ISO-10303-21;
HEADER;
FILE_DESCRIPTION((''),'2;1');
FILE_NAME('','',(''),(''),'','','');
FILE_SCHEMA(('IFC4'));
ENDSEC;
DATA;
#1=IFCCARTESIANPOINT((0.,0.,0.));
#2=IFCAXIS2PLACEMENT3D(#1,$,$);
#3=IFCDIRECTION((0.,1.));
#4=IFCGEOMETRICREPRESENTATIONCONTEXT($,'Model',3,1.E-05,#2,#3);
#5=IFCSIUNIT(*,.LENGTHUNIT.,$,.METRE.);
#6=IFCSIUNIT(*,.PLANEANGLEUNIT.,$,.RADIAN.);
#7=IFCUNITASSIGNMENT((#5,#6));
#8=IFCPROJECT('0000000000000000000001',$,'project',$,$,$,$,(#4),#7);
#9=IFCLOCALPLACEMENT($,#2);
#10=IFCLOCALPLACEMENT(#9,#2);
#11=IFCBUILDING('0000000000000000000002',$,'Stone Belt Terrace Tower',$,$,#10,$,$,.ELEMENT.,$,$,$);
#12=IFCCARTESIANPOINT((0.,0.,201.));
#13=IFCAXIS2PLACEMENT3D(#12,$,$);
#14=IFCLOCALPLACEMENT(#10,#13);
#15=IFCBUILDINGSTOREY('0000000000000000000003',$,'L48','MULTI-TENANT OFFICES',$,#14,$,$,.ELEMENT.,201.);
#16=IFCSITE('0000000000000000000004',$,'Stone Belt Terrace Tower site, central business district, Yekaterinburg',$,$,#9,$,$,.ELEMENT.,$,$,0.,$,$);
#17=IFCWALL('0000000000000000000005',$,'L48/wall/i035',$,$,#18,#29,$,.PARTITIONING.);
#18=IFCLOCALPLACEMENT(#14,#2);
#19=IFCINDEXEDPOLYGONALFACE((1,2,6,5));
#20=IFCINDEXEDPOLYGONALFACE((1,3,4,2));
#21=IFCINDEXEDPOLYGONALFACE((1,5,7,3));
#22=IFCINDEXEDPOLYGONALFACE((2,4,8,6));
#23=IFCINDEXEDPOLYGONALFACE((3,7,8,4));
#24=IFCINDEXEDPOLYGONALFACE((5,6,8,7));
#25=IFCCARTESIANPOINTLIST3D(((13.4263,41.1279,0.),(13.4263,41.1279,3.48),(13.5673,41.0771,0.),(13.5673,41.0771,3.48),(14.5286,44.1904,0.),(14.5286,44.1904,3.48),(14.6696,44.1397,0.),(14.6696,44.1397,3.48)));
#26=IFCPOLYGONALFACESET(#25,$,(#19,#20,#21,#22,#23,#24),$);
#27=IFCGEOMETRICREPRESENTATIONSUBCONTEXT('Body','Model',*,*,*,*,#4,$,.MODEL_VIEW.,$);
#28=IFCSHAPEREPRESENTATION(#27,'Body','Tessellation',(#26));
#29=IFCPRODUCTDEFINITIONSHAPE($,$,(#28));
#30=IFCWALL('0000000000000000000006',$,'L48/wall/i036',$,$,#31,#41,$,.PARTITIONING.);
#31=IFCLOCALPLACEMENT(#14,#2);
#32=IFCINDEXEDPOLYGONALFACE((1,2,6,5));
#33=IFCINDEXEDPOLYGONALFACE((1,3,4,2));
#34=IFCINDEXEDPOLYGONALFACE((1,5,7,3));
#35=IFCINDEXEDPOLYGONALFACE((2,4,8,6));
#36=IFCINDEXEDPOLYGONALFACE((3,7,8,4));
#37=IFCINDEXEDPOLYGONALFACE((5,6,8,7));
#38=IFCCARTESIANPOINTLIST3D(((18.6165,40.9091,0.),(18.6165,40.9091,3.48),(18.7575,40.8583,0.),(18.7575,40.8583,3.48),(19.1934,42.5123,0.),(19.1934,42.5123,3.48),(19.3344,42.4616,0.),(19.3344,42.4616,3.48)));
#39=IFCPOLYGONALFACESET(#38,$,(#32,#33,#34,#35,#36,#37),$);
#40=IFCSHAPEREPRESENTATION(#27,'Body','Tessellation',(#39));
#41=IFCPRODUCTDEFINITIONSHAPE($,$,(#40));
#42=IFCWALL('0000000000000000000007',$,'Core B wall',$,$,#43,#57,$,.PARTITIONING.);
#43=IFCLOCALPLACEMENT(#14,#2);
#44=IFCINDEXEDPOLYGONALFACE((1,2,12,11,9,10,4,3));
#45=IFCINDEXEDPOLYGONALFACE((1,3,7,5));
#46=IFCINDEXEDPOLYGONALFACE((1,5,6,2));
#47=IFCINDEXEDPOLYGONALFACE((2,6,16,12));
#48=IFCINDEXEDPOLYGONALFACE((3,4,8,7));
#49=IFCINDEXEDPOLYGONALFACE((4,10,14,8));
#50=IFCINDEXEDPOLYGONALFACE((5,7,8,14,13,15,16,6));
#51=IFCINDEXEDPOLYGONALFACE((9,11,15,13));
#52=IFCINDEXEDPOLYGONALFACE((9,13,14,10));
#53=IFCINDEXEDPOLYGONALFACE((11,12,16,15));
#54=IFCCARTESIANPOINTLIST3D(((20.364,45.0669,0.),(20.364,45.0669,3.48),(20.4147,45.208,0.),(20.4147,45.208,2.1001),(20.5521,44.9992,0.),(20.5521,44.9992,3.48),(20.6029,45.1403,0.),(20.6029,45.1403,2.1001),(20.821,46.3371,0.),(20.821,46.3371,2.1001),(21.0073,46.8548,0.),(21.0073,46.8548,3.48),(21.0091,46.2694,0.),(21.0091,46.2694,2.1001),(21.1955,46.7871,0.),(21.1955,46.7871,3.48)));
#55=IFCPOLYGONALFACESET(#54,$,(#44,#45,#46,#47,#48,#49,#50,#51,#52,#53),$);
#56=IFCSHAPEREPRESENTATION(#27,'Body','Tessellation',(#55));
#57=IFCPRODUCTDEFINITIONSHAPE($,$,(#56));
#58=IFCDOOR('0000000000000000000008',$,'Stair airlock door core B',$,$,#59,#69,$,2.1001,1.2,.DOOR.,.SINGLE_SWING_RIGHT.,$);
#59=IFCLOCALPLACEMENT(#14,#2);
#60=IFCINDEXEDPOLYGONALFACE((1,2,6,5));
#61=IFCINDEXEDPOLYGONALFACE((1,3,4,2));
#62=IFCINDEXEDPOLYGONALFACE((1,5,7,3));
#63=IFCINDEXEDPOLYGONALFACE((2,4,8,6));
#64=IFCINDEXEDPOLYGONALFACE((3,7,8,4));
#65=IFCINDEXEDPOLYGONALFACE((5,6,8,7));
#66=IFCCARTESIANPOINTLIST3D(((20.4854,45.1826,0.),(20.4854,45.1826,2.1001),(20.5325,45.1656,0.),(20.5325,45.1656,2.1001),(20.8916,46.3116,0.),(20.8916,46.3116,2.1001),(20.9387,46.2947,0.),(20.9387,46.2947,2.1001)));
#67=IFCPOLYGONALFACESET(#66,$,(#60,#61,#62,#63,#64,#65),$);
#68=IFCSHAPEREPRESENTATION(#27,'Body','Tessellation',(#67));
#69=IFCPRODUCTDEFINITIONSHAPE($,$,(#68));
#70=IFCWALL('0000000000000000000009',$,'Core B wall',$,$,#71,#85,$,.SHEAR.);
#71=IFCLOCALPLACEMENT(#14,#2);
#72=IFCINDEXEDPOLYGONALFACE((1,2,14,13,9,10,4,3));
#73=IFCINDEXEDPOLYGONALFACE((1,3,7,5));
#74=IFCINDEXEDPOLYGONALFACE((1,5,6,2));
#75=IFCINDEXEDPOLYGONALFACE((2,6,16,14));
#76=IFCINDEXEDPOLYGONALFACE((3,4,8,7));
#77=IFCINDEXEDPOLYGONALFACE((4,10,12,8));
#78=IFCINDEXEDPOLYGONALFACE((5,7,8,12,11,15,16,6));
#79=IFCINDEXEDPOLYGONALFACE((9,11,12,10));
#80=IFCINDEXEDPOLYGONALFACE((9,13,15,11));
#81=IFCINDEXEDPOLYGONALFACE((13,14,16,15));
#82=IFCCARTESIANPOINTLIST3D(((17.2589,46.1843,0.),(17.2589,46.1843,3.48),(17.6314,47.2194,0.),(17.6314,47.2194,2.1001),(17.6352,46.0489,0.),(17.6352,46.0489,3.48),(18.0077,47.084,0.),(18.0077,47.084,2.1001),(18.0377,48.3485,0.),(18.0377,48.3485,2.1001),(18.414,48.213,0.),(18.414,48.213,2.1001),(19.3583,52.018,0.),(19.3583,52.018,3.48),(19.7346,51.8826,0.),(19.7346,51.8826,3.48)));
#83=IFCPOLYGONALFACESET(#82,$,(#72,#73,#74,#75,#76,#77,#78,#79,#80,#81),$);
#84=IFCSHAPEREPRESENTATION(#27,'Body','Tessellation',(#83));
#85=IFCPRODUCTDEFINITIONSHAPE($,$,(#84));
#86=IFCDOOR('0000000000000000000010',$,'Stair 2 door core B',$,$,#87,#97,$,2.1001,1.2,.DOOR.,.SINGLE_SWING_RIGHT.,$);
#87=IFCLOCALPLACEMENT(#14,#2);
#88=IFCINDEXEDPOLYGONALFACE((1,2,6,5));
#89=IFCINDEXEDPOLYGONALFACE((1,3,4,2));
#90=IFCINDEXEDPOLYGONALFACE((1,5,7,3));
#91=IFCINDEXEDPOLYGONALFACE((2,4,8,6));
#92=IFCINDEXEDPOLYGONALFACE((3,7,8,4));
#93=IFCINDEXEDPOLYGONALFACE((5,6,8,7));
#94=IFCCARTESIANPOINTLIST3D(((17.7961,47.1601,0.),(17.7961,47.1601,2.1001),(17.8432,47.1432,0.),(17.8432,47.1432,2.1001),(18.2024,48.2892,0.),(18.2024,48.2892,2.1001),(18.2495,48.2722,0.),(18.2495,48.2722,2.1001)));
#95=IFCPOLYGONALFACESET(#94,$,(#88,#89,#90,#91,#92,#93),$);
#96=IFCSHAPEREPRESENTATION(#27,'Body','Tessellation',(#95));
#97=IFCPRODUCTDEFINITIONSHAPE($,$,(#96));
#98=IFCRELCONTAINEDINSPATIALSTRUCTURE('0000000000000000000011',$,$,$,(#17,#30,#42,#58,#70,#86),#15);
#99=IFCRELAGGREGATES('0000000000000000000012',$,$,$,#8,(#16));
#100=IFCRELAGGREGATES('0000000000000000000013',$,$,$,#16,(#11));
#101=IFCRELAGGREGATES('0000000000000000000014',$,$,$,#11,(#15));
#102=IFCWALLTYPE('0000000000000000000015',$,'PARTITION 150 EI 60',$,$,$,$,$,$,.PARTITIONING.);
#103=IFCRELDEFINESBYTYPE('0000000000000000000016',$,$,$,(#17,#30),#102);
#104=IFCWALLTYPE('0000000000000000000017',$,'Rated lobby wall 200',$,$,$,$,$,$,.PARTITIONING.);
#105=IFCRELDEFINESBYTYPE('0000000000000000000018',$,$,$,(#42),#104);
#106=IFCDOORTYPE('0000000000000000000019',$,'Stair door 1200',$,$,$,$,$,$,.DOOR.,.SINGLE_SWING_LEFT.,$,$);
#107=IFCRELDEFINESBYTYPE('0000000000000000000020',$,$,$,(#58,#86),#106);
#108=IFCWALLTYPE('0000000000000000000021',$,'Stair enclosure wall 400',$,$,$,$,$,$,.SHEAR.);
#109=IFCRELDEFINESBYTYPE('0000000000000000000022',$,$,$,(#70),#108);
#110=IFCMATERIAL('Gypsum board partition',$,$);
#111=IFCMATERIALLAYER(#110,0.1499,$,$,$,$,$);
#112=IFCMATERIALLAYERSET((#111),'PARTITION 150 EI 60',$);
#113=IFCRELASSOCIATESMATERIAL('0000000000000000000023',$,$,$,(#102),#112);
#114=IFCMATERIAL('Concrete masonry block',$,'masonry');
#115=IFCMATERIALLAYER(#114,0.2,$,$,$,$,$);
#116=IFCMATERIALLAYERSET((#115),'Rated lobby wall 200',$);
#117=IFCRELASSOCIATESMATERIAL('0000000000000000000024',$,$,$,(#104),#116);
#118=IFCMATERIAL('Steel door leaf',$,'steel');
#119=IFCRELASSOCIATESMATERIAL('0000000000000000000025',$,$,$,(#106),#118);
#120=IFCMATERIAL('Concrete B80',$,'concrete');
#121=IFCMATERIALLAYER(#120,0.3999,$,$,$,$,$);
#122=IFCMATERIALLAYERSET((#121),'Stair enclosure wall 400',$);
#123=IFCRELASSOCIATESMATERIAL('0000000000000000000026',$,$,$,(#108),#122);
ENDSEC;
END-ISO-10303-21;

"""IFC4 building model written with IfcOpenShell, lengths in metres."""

from ifc_helpers import new_model, si_unit, direction, frame, frame_2d, origin, place, context, subcontext, project, spatial, rectangle, extrude, material, layer, layer_set, type_object, element, fill, save


model = new_model("IFC4")

# Units and contexts
model_context = context("Model", 3, precision=1e-05, world=origin(), true_north=direction((0.0, 1.0)))
body_context = subcontext(model_context, "Body", "Model", "MODEL_VIEW")
ifc_project = project(units=[si_unit("LENGTHUNIT", "METRE"), si_unit("PLANEANGLEUNIT", "RADIAN")], contexts=[model_context])

# Site, building, storey
site_placement = place(None, origin())
site = spatial("IfcSite", under=ifc_project, at=site_placement, Name="Stone Belt Terrace Tower site, central business district, Yekaterinburg", CompositionType="ELEMENT", RefElevation=0.0)
building_placement = place(site_placement, origin())
building = spatial("IfcBuilding", under=site, at=building_placement, Name="Stone Belt Terrace Tower", CompositionType="ELEMENT")
storey_placement = place(building_placement, frame((0.0, 0.0, 201.0)))
storey = spatial("IfcBuildingStorey", under=building, at=storey_placement, Name="L48", Description="MULTI-TENANT OFFICES", CompositionType="ELEMENT", Elevation=201.0)

# Shared definitions
ifc_material_1 = material(Name="Gypsum board partition")
ifc_layer_1 = layer(ifc_material_1, 0.1499)
ifc_layer_set_1 = layer_set([ifc_layer_1], Name="PARTITION 150 EI 60")
wall_type_1 = type_object("IfcWallType", Name="PARTITION 150 EI 60", PredefinedType="PARTITIONING", material=ifc_layer_set_1)

# Walls
wall_1_placement = place(storey_placement, frame((14.5991, 44.165, 0.0), z_axis=(0.0, 0.0, 1.0), x_axis=(-0.338664, -0.940907, 0.0)))
element("IfcWall", 1, at=wall_1_placement, inside=storey, type_object=wall_type_1, Name="L48/wall/i035", PredefinedType="PARTITIONING", context=body_context, shape_type="SweptSolid", body=[
    extrude(rectangle(XDim=3.2549, YDim=0.1499, at=frame_2d((1.6274, 0.0))), origin(), (0.0, 0.0, 1.0), 3.48),
])
wall_2_placement = place(storey_placement, frame((19.2639, 42.4871, 0.0), z_axis=(0.0, 0.0, 1.0), x_axis=(-0.338577, -0.940939, 0.0)))
element("IfcWall", 2, at=wall_2_placement, inside=storey, type_object=wall_type_1, Name="L48/wall/i036", PredefinedType="PARTITIONING", context=body_context, shape_type="SweptSolid", body=[
    extrude(rectangle(XDim=1.7039, YDim=0.1499, at=frame_2d((0.8521, 0.0))), origin(), (0.0, 0.0, 1.0), 3.48),
])

# Walls, openings, doors
ifc_material_2 = material(Name="Concrete masonry block", Category="masonry")
ifc_layer_2 = layer(ifc_material_2, 0.2)
ifc_layer_set_2 = layer_set([ifc_layer_2], Name="Rated lobby wall 200")
wall_type_2 = type_object("IfcWallType", Name="Rated lobby wall 200", PredefinedType="PARTITIONING", material=ifc_layer_set_2)
wall_3_placement = place(storey_placement, frame((20.458, 45.033, 0.0), z_axis=(0.0, 0.0, 1.0), x_axis=(0.338574, 0.94094, 0.0)))
wall_3 = element("IfcWall", 3, at=wall_3_placement, inside=storey, type_object=wall_type_2, Name="Core B wall", PredefinedType="PARTITIONING", context=body_context, shape_type="SweptSolid", body=[
    extrude(rectangle(XDim=1.9001, YDim=0.2, at=frame_2d((0.9502, 0.0))), origin(), (0.0, 0.0, 1.0), 3.48),
])
opening_1_placement = place(wall_3_placement, frame((0.1499, 0.0, 0.0)))
opening_1 = element("IfcOpeningElement", 4, at=opening_1_placement, cuts=wall_3, PredefinedType="OPENING", context=body_context, shape_type="SweptSolid", body=[
    extrude(rectangle(XDim=1.2, YDim=2.1001, at=frame_2d((0.6001, 1.05))), frame((0.0, 0.1099, 0.0), z_axis=(0.0, -1.0, 0.0), x_axis=(1.0, 0.0, 0.0)), (0.0, 0.0, 1.0), 0.22),
])
ifc_material_3 = material(Name="Steel door leaf", Category="steel")
door_type_1 = type_object("IfcDoorType", Name="Stair door 1200", OperationType="SINGLE_SWING_LEFT", PredefinedType="DOOR", material=ifc_material_3)
door_1_placement = place(opening_1_placement, origin())
door_1 = element("IfcDoor", 5, at=door_1_placement, inside=storey, type_object=door_type_1, Name="Stair airlock door core B", OperationType="SINGLE_SWING_RIGHT", OverallHeight=2.1001, OverallWidth=1.2, PredefinedType="DOOR", context=body_context, shape_type="SweptSolid", body=[
    extrude(rectangle(XDim=1.2, YDim=2.1001, at=frame_2d((0.6001, 1.05))), frame((0.0, 0.0249, 0.0), z_axis=(0.0, -1.0, 0.0), x_axis=(1.0, 0.0, 0.0)), (0.0, 0.0, 1.0), 0.05),
])
fill(opening_1, door_1)
ifc_material_4 = material(Name="Concrete B80", Category="concrete")
ifc_layer_3 = layer(ifc_material_4, 0.3999)
ifc_layer_set_3 = layer_set([ifc_layer_3], Name="Stair enclosure wall 400")
wall_type_3 = type_object("IfcWallType", Name="Stair enclosure wall 400", PredefinedType="SHEAR", material=ifc_layer_set_3)
wall_4_placement = place(storey_placement, frame((17.447, 46.1165, 0.0), z_axis=(0.0, 0.0, 1.0), x_axis=(0.338608, 0.940928, 0.0)))
wall_4 = element("IfcWall", 6, at=wall_4_placement, inside=storey, type_object=wall_type_3, Name="Core B wall", PredefinedType="SHEAR", context=body_context, shape_type="SweptSolid", body=[
    extrude(rectangle(XDim=6.2, YDim=0.3999, at=frame_2d((3.1001, 0.0))), origin(), (0.0, 0.0, 1.0), 3.48),
])
opening_2_placement = place(wall_4_placement, frame((1.1001, 0.0, 0.0)))
opening_2 = element("IfcOpeningElement", 7, at=opening_2_placement, cuts=wall_4, PredefinedType="OPENING", context=body_context, shape_type="SweptSolid", body=[
    extrude(rectangle(XDim=1.2, YDim=2.1001, at=frame_2d((0.6001, 1.05))), frame((0.0, 0.21, 0.0), z_axis=(0.0, -1.0, 0.0), x_axis=(1.0, 0.0, 0.0)), (0.0, 0.0, 1.0), 0.4199),
])
door_2_placement = place(opening_2_placement, origin())
door_2 = element("IfcDoor", 8, at=door_2_placement, inside=storey, type_object=door_type_1, Name="Stair 2 door core B", OperationType="SINGLE_SWING_RIGHT", OverallHeight=2.1001, OverallWidth=1.2, PredefinedType="DOOR", context=body_context, shape_type="SweptSolid", body=[
    extrude(rectangle(XDim=1.2, YDim=2.1001, at=frame_2d((0.6001, 1.05))), frame((0.0, 0.0249, 0.0), z_axis=(0.0, -1.0, 0.0), x_axis=(1.0, 0.0, 0.0)), (0.0, 0.0, 1.0), 0.05),
])
fill(opening_2, door_2)

save(model, "model.ifc")
